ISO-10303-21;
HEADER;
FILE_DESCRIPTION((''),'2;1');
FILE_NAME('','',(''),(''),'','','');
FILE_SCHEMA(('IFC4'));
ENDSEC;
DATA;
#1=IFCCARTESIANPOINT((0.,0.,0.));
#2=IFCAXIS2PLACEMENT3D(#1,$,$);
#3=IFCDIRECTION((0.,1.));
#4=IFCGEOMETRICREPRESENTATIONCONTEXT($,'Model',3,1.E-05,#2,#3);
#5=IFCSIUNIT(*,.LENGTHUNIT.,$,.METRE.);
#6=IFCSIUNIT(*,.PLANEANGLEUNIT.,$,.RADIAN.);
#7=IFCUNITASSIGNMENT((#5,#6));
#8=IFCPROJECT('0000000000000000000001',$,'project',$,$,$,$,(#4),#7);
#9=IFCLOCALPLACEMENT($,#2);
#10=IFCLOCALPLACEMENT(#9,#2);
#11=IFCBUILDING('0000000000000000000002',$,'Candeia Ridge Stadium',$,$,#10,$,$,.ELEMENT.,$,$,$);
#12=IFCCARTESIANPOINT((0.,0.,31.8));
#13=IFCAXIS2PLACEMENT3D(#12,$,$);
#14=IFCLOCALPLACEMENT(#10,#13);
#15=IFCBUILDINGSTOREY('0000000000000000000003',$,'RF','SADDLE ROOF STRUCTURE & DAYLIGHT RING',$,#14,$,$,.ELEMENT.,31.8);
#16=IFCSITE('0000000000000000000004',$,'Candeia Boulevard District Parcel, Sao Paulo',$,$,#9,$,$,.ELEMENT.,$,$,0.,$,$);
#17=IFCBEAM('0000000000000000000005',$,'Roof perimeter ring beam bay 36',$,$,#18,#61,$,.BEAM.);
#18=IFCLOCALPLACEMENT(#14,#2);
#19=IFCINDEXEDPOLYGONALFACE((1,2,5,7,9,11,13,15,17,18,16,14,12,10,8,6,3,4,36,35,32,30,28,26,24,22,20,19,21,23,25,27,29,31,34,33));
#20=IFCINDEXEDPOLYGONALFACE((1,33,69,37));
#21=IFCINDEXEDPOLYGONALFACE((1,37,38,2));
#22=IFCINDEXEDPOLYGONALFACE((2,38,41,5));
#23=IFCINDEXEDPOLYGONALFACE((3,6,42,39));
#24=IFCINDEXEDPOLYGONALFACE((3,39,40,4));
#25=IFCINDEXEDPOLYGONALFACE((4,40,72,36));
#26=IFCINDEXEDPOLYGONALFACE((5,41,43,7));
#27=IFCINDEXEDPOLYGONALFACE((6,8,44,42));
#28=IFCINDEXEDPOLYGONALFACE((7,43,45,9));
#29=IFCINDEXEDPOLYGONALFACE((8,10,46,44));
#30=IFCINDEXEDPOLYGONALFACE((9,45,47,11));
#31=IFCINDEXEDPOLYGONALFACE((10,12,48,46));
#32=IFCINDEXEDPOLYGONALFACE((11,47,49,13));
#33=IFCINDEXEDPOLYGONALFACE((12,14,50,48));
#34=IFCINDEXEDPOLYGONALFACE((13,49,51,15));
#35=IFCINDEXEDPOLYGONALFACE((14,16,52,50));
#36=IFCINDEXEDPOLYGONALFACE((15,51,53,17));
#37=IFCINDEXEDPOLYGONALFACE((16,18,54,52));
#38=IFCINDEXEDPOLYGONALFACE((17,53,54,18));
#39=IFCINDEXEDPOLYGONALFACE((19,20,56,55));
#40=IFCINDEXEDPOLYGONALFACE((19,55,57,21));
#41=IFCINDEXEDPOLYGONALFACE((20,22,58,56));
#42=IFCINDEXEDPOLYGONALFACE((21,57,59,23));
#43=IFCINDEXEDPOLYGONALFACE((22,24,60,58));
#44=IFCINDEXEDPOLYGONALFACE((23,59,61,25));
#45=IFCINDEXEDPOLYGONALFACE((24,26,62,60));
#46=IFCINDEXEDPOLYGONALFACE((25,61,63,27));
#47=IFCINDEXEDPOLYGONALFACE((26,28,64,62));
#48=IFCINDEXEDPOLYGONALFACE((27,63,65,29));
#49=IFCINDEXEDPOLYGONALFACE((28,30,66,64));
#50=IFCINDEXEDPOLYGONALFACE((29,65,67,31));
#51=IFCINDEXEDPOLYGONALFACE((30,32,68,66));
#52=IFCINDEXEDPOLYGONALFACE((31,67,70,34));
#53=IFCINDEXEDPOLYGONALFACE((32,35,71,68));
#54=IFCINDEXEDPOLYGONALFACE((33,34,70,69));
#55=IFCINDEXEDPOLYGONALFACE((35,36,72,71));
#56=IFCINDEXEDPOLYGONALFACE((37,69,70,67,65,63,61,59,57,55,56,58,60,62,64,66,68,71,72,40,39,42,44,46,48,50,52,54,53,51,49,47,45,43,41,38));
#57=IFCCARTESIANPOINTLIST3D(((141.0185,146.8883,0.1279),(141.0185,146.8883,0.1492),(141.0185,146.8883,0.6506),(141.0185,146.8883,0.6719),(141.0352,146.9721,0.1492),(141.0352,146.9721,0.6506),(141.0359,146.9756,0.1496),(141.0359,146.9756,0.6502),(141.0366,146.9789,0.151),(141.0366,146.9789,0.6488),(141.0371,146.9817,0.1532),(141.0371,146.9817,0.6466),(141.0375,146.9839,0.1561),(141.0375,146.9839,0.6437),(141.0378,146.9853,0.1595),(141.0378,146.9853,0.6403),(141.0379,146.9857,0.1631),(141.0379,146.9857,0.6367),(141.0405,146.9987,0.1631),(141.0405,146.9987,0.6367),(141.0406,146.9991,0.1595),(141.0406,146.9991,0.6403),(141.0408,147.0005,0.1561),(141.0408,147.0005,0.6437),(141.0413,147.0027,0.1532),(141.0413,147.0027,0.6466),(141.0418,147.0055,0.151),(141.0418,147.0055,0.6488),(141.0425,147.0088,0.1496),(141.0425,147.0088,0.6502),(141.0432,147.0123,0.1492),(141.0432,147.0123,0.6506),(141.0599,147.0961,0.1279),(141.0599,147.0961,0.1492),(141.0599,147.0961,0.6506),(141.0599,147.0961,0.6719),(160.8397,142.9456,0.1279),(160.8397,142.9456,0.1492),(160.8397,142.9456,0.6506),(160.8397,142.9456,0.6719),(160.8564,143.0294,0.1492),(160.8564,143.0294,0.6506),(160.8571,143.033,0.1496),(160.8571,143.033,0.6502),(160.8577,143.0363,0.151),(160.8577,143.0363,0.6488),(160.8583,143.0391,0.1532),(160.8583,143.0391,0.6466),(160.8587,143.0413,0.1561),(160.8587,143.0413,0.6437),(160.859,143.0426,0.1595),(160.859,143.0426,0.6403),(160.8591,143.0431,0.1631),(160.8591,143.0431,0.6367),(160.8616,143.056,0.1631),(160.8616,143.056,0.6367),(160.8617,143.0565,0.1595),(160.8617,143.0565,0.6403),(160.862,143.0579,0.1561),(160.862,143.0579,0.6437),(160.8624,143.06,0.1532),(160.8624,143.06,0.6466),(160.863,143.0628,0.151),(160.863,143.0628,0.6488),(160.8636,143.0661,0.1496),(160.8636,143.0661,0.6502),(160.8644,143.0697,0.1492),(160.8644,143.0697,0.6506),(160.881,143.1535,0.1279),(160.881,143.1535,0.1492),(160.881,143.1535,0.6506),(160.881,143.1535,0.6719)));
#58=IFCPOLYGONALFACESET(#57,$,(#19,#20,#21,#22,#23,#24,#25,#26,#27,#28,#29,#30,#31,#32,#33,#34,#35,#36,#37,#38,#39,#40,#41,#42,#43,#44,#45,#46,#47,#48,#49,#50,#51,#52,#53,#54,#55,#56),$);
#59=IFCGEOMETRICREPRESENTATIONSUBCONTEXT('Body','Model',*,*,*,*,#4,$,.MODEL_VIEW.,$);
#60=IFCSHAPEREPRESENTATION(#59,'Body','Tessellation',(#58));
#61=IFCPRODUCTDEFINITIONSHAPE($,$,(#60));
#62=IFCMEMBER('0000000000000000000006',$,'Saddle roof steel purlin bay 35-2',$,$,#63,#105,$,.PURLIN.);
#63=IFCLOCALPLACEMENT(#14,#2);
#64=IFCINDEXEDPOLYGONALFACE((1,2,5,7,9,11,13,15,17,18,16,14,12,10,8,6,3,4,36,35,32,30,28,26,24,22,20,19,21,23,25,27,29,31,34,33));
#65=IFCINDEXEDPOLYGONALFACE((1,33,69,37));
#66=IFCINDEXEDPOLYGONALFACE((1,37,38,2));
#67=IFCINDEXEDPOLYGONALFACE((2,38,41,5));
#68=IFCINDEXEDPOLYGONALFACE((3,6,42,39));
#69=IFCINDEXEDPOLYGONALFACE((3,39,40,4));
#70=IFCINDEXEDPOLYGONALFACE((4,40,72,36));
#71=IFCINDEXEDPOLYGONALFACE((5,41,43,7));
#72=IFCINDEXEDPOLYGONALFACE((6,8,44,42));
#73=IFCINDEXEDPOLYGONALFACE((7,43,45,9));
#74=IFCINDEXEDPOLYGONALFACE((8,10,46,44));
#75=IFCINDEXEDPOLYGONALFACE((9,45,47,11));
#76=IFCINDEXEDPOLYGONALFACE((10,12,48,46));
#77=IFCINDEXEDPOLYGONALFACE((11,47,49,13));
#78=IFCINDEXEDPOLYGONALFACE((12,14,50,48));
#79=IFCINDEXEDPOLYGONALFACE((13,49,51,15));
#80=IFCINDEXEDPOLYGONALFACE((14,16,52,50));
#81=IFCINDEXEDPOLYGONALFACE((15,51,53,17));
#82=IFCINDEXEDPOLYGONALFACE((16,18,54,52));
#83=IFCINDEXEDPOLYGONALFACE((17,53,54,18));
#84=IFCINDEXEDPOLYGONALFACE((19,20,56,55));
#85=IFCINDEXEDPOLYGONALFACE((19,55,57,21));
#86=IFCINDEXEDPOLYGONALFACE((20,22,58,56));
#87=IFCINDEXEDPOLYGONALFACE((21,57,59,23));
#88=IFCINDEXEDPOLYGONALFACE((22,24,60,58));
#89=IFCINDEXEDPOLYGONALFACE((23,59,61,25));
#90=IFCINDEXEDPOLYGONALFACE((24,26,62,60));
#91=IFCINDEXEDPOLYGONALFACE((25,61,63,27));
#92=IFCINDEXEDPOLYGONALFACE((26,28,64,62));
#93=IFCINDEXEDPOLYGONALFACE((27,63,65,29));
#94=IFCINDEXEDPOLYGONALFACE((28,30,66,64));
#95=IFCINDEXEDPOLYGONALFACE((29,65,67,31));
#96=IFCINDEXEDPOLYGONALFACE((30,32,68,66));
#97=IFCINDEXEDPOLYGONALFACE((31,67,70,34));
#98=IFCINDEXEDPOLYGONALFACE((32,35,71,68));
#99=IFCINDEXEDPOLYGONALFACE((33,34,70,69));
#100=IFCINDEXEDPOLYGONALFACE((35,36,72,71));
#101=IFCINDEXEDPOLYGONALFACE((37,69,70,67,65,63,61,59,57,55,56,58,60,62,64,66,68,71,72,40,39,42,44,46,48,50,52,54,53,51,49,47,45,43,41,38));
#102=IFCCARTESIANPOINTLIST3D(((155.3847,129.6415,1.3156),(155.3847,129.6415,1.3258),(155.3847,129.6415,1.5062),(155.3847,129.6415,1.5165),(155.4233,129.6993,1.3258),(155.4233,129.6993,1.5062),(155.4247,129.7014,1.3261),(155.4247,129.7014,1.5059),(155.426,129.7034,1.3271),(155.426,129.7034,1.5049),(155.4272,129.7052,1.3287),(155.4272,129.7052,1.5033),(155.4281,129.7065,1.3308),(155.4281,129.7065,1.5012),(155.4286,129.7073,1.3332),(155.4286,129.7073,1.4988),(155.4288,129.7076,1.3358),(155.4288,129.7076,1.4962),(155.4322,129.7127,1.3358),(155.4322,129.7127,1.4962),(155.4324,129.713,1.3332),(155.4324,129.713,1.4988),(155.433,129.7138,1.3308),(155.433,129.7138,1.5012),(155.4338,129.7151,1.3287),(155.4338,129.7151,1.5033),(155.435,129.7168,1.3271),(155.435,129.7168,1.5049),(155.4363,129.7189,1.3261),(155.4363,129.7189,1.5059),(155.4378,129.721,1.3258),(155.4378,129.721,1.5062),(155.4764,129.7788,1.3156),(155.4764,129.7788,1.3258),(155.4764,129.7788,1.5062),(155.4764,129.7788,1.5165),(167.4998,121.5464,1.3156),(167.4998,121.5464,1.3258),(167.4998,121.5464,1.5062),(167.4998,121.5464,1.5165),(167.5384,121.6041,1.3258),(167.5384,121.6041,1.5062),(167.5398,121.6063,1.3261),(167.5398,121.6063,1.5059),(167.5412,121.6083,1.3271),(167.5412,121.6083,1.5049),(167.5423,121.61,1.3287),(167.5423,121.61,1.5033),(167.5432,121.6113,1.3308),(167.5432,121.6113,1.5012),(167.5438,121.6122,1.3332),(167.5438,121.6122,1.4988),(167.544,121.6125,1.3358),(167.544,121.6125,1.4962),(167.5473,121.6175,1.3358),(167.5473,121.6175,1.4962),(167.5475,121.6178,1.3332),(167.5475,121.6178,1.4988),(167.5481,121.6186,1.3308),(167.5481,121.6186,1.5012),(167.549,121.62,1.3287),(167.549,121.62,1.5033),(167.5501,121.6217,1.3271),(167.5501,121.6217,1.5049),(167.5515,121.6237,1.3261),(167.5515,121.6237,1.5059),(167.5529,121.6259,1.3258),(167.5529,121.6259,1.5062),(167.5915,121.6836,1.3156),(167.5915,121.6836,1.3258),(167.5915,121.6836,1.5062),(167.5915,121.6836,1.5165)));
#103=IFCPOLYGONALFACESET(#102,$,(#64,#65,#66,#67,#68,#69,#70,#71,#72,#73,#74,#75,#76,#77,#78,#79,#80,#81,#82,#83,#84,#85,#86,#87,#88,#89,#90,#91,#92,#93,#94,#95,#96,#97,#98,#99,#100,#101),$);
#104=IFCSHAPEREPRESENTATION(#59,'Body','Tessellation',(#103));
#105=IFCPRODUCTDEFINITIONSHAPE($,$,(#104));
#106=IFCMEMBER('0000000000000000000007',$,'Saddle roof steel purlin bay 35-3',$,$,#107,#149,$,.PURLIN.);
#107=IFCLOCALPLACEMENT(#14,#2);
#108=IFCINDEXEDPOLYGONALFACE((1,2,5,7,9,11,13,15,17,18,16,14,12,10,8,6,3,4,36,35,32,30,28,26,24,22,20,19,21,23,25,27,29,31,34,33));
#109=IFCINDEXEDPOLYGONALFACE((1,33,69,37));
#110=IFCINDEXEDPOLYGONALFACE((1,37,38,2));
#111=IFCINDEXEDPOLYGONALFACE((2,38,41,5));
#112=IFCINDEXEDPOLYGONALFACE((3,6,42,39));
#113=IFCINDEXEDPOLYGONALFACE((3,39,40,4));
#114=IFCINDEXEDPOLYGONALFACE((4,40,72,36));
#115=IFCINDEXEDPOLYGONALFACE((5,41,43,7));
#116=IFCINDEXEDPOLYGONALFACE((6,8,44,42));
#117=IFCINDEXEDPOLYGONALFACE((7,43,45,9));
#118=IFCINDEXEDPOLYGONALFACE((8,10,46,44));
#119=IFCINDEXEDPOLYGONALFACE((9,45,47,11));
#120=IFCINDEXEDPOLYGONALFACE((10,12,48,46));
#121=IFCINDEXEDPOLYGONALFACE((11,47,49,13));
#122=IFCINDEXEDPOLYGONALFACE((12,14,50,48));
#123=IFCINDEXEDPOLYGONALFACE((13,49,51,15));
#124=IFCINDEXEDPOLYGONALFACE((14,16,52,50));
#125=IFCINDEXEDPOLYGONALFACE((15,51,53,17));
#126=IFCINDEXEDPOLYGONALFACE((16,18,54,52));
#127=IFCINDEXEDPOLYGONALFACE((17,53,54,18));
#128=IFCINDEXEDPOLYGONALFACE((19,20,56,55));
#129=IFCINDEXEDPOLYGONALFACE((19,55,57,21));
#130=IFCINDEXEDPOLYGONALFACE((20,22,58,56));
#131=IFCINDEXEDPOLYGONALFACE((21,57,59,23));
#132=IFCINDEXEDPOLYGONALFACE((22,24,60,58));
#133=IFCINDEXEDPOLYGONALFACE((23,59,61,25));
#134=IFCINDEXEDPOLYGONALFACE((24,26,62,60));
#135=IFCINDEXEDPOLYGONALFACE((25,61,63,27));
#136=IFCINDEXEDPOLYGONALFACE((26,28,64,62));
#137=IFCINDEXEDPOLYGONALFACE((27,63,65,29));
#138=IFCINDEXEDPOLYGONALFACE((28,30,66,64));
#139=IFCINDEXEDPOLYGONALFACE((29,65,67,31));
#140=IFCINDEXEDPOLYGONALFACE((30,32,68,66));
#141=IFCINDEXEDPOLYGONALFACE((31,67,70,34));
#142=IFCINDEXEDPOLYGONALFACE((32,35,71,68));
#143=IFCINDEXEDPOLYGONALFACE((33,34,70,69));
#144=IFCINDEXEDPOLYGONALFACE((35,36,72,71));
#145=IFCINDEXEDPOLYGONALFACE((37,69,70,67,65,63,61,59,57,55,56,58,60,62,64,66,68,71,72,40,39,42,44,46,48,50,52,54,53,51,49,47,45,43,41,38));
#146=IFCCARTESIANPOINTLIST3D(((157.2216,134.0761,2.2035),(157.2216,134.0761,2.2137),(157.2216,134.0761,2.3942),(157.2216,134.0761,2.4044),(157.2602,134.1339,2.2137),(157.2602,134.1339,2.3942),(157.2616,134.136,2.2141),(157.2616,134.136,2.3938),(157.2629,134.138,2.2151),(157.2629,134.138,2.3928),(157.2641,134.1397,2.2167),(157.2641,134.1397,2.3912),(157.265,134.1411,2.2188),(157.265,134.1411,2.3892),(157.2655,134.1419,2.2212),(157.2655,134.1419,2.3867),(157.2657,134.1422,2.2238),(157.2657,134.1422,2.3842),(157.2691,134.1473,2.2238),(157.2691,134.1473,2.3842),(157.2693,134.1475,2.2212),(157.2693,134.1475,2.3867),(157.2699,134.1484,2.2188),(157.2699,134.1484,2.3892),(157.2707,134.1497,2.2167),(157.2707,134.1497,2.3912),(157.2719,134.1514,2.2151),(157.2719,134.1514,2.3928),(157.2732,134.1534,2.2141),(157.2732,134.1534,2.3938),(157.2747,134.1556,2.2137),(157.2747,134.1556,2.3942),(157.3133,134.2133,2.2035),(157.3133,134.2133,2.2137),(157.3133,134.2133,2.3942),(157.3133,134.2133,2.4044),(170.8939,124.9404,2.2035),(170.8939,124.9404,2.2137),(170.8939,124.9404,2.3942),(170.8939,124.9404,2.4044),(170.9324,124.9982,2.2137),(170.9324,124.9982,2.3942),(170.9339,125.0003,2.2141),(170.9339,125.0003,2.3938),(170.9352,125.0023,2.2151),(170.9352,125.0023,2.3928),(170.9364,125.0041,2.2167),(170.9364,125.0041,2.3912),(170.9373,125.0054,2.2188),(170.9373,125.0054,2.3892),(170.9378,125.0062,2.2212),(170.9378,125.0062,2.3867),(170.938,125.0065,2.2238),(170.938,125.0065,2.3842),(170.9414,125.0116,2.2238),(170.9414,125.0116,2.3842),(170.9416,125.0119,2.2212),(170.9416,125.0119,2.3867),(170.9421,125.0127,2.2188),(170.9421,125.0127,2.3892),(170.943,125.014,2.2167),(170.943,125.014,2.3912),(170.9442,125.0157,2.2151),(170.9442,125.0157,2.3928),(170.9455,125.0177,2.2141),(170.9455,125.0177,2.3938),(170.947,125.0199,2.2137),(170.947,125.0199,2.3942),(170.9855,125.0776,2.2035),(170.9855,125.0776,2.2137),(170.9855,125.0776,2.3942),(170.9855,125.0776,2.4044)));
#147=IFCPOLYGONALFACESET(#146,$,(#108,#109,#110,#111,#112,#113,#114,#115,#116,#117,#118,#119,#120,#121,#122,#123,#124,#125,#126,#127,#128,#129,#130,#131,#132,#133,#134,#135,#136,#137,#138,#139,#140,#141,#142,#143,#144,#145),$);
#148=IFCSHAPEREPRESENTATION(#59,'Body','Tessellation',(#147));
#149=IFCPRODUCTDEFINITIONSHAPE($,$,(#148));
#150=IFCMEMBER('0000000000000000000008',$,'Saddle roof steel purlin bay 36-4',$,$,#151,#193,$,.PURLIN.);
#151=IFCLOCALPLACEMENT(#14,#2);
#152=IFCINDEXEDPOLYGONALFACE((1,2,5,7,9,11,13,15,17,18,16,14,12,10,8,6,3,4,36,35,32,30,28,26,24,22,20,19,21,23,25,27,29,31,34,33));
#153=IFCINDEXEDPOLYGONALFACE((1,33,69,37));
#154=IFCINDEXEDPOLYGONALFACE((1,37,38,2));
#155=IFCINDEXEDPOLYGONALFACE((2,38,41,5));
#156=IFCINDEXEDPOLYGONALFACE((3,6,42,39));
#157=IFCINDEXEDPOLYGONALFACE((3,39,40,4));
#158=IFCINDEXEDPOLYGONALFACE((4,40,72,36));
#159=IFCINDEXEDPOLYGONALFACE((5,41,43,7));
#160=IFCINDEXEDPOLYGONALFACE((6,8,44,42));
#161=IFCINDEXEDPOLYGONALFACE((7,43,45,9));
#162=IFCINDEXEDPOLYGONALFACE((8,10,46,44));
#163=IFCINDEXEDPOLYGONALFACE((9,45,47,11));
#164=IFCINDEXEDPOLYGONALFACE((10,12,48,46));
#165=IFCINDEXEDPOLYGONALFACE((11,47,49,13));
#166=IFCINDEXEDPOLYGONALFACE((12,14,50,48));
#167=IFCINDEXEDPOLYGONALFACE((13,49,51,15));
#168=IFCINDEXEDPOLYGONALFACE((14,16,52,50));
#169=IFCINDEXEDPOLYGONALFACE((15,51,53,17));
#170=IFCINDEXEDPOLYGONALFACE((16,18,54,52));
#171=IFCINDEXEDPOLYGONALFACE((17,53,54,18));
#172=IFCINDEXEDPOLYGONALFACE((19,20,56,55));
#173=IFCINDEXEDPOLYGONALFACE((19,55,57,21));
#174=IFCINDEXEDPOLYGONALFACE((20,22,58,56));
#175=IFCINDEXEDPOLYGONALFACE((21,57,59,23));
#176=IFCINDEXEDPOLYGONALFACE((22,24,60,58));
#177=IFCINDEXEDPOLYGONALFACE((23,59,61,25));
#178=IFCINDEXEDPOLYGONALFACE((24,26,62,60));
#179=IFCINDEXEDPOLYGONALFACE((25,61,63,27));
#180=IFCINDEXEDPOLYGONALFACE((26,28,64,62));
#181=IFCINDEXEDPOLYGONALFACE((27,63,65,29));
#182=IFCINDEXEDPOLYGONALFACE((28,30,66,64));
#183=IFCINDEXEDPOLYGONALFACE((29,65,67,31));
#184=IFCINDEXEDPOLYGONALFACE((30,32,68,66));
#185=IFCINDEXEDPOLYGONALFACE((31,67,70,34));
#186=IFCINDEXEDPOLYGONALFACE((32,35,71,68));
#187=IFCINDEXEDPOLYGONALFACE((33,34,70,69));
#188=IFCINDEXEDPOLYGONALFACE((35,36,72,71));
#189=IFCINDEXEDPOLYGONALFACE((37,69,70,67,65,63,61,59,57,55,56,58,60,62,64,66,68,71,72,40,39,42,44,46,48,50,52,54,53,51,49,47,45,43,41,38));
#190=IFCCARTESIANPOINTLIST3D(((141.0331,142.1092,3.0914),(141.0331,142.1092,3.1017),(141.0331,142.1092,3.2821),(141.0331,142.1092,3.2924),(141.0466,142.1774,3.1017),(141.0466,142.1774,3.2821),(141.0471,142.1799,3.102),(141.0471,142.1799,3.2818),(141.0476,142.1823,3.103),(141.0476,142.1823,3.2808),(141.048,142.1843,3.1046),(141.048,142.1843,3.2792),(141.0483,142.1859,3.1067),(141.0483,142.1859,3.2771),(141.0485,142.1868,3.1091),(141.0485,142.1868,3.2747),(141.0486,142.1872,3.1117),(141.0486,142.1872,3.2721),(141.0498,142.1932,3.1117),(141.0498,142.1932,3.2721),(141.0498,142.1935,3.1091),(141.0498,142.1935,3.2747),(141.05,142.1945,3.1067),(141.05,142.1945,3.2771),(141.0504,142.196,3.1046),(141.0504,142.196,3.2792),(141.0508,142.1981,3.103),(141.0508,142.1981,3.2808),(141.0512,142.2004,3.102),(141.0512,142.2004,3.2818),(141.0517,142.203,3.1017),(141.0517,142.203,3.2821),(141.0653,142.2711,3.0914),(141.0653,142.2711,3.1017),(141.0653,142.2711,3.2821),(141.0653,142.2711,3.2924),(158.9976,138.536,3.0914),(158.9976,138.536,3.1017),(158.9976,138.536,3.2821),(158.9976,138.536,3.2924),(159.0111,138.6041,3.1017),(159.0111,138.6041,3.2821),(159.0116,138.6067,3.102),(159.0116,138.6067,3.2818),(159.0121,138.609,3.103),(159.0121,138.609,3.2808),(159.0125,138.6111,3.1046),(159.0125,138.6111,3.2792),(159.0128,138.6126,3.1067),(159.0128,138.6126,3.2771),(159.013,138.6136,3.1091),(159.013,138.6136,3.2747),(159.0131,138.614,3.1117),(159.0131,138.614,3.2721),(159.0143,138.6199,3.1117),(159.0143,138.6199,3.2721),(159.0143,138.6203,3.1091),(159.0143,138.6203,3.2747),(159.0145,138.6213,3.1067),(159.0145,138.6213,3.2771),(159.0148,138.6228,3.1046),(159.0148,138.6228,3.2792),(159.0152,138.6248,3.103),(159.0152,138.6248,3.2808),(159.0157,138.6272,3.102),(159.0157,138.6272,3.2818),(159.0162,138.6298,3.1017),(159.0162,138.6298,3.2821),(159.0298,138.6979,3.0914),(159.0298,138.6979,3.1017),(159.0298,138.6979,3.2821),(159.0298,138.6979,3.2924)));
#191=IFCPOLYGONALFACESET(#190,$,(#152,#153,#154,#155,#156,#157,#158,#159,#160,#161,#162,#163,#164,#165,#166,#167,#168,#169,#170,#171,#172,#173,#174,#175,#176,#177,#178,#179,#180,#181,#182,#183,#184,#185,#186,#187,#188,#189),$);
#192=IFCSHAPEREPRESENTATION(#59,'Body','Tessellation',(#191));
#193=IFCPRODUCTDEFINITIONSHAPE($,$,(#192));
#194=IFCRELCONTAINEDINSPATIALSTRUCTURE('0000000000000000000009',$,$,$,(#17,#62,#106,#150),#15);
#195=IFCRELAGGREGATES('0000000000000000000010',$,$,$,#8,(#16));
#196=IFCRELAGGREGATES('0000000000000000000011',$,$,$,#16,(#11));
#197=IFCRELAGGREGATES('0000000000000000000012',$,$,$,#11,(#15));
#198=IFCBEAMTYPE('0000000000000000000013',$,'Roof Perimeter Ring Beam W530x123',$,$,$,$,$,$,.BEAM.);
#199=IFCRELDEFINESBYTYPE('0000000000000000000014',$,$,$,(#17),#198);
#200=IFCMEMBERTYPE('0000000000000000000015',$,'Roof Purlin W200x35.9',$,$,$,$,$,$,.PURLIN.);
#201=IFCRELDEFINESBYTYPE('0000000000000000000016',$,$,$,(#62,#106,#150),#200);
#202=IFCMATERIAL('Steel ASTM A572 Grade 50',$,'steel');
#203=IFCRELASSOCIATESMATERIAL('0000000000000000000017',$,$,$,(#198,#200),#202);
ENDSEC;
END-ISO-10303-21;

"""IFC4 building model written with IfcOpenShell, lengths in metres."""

from ifc_helpers import new_model, si_unit, direction, frame, origin, origin_2d, place, context, subcontext, project, spatial, i_section, extrude, material, material_profile, profile_set, type_object, element, save


model = new_model("IFC4")

# Units and contexts
model_context = context("Model", 3, precision=1e-05, world=origin(), true_north=direction((0.0, 1.0)))
body_context = subcontext(model_context, "Body", "Model", "MODEL_VIEW")
ifc_project = project(units=[si_unit("LENGTHUNIT", "METRE"), si_unit("PLANEANGLEUNIT", "RADIAN")], contexts=[model_context])

# Site, building, storey
site_placement = place(None, origin())
site = spatial("IfcSite", under=ifc_project, at=site_placement, Name="Candeia Boulevard District Parcel, Sao Paulo", CompositionType="ELEMENT", RefElevation=0.0)
building_placement = place(site_placement, origin())
building = spatial("IfcBuilding", under=site, at=building_placement, Name="Candeia Ridge Stadium", CompositionType="ELEMENT")
storey_placement = place(building_placement, frame((0.0, 0.0, 31.8)))
storey = spatial("IfcBuildingStorey", under=building, at=storey_placement, Name="RF", Description="SADDLE ROOF STRUCTURE & DAYLIGHT RING", CompositionType="ELEMENT", Elevation=31.8)

# Shared definitions
ifc_material_1 = material(Name="Steel ASTM A572 Grade 50", Category="steel")

# Beam
ifc_material_profile_1 = material_profile(ifc_material_1, i_section(OverallWidth=0.2119, OverallDepth=0.5439, WebThickness=0.0132, FlangeThickness=0.0212, FilletRadius=0.0139, at=origin_2d()), Name="W530x123", Category="steel")
ifc_profile_set_1 = profile_set([ifc_material_profile_1], Name="Steel ASTM A572 Grade 50")
beam_type_1 = type_object("IfcBeamType", Name="Roof Perimeter Ring Beam W530x123", PredefinedType="BEAM", material=ifc_profile_set_1)
beam_1_placement = place(storey_placement, frame((160.8604, 143.0496, 0.3999), z_axis=(-0.980786, 0.195089, 0.0), x_axis=(-0.195089, -0.980786, 0.0)))
element("IfcBeam", 1, at=beam_1_placement, inside=storey, type_object=beam_type_1, Name="Roof perimeter ring beam bay 36", PredefinedType="BEAM", context=body_context, shape_type="SweptSolid", body=[
    extrude(i_section(OverallWidth=0.2119, OverallDepth=0.5439, WebThickness=0.0132, FlangeThickness=0.0212, FilletRadius=0.0139, at=origin_2d()), origin(), (0.0, 0.0, 1.0), 20.2095),
])

# Members
ifc_material_profile_2 = material_profile(ifc_material_1, i_section(OverallWidth=0.165, OverallDepth=0.2009, WebThickness=0.0061, FlangeThickness=0.0103, FilletRadius=0.01, at=origin_2d()), Name="W200x35.9", Category="steel")
ifc_profile_set_2 = profile_set([ifc_material_profile_2], Name="Steel ASTM A572 Grade 50")
member_type_1 = type_object("IfcMemberType", Name="Roof Purlin W200x35.9", PredefinedType="PURLIN", material=ifc_profile_set_2)
member_1_placement = place(storey_placement, frame((167.5457, 121.615, 1.416), z_axis=(-0.831467, 0.555574, 0.0), x_axis=(-0.555574, -0.831467, 0.0)))
element("IfcMember", 2, at=member_1_placement, inside=storey, type_object=member_type_1, Name="Saddle roof steel purlin bay 35-2", PredefinedType="PURLIN", context=body_context, shape_type="SweptSolid", body=[
    extrude(i_section(OverallWidth=0.165, OverallDepth=0.2009, WebThickness=0.0061, FlangeThickness=0.0103, FilletRadius=0.01, at=origin_2d()), origin(), (0.0, 0.0, 1.0), 14.5708),
])
member_2_placement = place(storey_placement, frame((170.9397, 125.009, 2.304), z_axis=(-0.831465, 0.555577, 0.0), x_axis=(-0.555577, -0.831465, 0.0)))
element("IfcMember", 3, at=member_2_placement, inside=storey, type_object=member_type_1, Name="Saddle roof steel purlin bay 35-3", PredefinedType="PURLIN", context=body_context, shape_type="SweptSolid", body=[
    extrude(i_section(OverallWidth=0.165, OverallDepth=0.2009, WebThickness=0.0061, FlangeThickness=0.0103, FilletRadius=0.01, at=origin_2d()), origin(), (0.0, 0.0, 1.0), 16.4436),
])
member_3_placement = place(storey_placement, frame((159.0137, 138.6169, 3.1919), z_axis=(-0.980787, 0.195083, 0.0), x_axis=(-0.195083, -0.980787, 0.0)))
element("IfcMember", 4, at=member_3_placement, inside=storey, type_object=member_type_1, Name="Saddle roof steel purlin bay 36-4", PredefinedType="PURLIN", context=body_context, shape_type="SweptSolid", body=[
    extrude(i_section(OverallWidth=0.165, OverallDepth=0.2009, WebThickness=0.0061, FlangeThickness=0.0103, FilletRadius=0.01, at=origin_2d()), origin(), (0.0, 0.0, 1.0), 18.3164),
])

save(model, "model.ifc")
